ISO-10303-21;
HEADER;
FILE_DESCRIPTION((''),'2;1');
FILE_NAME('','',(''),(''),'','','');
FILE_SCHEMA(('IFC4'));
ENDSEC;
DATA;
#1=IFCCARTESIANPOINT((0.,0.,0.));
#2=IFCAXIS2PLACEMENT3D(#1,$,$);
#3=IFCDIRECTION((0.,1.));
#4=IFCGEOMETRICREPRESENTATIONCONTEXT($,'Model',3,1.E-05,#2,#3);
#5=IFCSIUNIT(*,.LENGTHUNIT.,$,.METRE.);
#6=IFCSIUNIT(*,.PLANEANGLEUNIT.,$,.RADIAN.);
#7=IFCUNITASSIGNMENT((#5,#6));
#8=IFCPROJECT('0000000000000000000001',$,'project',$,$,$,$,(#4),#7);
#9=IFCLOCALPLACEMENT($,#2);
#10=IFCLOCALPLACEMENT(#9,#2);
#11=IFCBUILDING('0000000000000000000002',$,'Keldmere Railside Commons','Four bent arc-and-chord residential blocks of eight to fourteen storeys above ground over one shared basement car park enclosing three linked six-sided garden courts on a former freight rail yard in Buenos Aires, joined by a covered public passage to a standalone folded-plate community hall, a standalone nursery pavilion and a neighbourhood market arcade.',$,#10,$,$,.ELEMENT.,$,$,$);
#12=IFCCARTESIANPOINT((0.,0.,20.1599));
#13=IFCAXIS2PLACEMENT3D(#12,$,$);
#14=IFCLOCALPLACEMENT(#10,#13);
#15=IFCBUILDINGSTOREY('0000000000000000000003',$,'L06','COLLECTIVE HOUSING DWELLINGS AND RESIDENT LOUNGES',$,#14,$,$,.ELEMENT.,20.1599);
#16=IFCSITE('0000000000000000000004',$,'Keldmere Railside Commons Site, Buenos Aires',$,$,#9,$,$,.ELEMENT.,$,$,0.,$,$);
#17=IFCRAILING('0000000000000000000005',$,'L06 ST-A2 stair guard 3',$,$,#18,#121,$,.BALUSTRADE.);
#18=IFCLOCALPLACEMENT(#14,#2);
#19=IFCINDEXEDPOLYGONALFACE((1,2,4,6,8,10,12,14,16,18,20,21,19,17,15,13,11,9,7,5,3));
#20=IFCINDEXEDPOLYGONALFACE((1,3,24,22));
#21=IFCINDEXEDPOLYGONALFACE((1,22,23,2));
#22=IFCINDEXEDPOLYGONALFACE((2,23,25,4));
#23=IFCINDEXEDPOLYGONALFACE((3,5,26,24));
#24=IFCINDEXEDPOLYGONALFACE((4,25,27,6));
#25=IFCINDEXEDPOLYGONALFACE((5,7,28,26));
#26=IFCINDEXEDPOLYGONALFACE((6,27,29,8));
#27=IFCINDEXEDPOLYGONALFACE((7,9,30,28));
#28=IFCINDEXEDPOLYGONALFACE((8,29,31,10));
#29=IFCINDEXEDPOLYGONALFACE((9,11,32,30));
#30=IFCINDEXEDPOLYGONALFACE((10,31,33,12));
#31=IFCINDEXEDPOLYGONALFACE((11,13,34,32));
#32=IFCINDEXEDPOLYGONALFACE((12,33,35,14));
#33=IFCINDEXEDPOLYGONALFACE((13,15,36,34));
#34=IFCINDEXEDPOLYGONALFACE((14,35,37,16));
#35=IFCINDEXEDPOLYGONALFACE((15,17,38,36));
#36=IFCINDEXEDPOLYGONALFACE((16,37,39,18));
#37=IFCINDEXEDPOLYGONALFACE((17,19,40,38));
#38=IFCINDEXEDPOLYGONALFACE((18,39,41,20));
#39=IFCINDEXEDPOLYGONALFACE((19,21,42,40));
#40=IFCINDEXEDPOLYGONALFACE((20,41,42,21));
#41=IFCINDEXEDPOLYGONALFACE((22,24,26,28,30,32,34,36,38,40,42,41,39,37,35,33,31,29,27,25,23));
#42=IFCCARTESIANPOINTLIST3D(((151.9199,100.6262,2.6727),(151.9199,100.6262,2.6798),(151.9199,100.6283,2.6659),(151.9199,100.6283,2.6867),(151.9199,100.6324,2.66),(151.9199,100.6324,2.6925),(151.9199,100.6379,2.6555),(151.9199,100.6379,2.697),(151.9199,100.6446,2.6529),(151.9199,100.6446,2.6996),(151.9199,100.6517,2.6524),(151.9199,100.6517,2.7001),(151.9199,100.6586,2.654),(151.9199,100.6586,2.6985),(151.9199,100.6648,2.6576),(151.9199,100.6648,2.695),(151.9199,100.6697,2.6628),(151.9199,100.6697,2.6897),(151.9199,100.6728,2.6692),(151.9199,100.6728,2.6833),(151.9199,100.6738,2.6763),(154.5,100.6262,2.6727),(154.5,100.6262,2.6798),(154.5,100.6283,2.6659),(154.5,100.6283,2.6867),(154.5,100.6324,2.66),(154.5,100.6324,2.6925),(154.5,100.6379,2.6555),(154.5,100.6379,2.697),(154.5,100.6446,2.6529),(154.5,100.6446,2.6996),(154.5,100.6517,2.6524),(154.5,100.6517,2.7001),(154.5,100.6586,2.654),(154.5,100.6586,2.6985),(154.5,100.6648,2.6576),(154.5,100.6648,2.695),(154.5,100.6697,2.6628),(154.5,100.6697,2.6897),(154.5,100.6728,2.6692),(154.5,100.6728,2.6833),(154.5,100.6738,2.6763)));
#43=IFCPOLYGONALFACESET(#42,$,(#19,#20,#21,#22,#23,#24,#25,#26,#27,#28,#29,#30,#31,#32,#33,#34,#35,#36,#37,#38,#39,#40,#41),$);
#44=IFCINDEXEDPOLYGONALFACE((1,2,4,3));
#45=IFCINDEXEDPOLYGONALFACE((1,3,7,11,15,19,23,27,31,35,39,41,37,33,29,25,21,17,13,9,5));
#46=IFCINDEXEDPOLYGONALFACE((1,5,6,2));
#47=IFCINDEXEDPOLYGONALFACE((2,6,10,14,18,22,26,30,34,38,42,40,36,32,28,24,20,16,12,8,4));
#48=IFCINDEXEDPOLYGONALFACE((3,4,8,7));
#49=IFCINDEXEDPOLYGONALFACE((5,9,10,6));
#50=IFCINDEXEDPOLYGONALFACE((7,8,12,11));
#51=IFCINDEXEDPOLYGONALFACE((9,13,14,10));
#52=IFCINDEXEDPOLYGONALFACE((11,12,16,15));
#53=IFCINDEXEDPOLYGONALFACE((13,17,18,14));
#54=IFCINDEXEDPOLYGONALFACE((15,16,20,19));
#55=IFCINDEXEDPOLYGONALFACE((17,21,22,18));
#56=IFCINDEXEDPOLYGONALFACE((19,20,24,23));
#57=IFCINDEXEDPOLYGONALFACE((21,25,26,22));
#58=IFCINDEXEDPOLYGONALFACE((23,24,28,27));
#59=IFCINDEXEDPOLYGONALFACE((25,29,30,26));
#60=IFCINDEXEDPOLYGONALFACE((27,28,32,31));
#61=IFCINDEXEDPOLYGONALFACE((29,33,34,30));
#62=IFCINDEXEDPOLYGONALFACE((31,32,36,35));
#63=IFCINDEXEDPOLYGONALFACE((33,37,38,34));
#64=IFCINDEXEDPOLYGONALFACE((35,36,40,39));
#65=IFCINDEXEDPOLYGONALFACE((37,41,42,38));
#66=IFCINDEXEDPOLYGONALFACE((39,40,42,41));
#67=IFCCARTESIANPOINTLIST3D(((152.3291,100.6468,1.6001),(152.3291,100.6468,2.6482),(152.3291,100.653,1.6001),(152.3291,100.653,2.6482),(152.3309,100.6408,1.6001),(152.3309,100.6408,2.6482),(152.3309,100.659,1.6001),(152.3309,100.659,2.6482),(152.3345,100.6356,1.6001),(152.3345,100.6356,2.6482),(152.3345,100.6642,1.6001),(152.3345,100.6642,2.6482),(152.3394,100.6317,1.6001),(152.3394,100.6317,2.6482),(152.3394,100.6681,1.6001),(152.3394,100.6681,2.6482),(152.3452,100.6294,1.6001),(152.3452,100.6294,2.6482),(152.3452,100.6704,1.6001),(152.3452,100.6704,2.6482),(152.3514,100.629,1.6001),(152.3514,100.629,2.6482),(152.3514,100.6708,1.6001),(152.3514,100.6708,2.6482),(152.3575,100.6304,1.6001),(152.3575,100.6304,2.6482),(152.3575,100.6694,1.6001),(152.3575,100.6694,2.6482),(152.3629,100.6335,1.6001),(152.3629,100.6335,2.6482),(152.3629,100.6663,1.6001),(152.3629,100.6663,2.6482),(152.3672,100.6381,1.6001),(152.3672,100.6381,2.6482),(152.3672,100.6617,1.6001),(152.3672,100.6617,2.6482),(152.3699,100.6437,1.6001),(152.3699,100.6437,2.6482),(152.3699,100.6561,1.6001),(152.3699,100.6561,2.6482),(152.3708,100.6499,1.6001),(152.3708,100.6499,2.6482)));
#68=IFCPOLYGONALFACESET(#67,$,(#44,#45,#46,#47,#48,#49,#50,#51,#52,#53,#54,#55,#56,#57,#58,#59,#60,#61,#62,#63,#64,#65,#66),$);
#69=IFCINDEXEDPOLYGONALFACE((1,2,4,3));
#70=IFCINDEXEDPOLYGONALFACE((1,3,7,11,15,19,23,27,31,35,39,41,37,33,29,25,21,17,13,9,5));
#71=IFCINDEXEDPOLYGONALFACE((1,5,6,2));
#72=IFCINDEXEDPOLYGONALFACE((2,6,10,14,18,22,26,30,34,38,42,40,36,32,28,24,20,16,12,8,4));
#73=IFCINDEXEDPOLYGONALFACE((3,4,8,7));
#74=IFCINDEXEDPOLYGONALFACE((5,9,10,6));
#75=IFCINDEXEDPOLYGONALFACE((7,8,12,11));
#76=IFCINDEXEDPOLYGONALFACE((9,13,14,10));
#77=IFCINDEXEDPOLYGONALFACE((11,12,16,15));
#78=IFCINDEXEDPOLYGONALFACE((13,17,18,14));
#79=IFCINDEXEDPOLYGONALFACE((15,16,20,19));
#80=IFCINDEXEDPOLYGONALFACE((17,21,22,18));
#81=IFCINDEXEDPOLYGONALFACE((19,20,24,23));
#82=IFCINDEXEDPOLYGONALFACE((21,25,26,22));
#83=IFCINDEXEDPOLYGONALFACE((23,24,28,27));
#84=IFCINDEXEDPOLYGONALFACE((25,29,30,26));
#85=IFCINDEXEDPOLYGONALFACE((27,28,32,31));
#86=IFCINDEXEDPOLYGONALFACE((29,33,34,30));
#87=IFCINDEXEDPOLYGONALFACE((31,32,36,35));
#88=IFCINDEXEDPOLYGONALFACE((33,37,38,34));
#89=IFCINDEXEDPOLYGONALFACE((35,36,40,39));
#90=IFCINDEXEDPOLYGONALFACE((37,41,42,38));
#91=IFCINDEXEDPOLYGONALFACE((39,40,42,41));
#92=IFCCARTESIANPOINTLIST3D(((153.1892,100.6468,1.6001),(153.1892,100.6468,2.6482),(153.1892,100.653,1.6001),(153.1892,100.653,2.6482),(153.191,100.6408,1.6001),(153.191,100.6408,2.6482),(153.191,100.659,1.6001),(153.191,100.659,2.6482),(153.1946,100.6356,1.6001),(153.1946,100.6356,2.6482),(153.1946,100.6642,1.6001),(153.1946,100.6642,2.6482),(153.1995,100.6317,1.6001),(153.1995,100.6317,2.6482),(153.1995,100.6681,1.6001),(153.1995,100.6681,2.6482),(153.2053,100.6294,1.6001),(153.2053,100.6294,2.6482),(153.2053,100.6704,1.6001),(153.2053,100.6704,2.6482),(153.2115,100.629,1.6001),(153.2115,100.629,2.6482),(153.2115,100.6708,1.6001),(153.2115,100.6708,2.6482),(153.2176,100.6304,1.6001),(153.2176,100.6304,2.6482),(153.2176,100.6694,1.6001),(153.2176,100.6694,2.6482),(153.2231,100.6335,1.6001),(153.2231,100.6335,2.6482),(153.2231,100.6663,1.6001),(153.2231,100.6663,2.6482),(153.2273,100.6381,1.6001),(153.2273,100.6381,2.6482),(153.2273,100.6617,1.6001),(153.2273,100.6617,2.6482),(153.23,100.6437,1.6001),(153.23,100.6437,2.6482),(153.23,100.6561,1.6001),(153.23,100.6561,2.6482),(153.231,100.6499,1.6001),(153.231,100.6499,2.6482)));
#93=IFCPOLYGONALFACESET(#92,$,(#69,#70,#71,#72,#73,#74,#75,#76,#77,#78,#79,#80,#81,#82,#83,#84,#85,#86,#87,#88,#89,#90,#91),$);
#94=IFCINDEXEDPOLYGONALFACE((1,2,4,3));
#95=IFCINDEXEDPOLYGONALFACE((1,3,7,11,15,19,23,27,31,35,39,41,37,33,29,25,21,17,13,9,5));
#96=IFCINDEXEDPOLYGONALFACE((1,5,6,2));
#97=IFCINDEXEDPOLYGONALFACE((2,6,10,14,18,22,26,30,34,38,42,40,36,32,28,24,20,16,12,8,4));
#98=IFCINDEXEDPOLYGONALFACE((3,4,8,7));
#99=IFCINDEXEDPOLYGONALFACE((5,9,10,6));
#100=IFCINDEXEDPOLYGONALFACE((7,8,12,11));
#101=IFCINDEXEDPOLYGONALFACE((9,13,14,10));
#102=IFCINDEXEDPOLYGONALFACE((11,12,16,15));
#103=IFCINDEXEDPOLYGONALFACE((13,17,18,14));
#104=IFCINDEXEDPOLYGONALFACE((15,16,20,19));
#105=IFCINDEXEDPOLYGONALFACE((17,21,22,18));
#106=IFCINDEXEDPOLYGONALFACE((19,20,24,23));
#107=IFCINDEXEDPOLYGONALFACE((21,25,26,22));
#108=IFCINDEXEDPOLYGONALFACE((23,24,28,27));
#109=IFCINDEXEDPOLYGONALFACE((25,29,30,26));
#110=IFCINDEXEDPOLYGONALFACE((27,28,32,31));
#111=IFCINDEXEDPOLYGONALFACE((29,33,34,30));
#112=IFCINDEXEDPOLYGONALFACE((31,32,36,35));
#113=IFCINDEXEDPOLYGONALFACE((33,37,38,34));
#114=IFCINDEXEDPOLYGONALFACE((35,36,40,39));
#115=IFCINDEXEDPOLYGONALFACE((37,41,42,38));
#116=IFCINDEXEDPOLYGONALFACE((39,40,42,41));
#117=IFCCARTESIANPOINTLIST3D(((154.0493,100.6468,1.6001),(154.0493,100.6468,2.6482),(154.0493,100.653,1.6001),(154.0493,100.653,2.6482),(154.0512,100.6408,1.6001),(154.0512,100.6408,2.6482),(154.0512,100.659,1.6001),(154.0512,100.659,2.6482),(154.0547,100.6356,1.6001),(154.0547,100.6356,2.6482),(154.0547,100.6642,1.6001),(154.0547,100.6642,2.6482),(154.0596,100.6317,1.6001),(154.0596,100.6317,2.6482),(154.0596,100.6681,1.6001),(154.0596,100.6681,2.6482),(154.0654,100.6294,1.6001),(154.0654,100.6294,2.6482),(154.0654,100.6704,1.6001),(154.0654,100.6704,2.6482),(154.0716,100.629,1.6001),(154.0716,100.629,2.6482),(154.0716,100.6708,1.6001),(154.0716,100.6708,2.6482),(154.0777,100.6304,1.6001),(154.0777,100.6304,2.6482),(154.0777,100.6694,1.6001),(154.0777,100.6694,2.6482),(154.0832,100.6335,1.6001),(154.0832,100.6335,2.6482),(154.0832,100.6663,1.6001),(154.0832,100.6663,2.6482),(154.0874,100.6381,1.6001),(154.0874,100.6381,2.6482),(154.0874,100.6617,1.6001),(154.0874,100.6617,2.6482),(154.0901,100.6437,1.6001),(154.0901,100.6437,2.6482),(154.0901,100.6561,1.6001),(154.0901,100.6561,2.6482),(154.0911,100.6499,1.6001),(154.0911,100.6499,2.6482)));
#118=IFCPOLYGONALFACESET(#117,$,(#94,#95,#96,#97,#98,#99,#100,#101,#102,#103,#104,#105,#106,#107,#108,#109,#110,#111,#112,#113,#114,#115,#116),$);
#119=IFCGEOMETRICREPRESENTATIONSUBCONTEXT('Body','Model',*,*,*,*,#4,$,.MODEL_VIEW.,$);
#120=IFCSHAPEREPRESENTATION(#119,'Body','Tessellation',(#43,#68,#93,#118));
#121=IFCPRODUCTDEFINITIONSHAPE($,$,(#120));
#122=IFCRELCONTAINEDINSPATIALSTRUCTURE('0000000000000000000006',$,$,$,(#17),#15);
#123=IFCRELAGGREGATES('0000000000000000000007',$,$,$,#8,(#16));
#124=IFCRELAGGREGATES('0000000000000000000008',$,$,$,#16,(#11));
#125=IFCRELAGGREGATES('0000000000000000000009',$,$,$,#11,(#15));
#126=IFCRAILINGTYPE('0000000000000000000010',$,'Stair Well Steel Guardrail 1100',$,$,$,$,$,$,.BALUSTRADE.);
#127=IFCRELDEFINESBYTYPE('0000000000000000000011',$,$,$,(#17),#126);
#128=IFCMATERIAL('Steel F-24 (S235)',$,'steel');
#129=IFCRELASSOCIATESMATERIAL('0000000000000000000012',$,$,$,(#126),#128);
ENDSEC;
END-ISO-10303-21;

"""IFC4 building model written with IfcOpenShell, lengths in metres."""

from ifc_helpers import new_model, si_unit, direction, frame, origin, origin_2d, place, context, subcontext, project, spatial, circle, extrude, material, type_object, element, save


model = new_model("IFC4")

# Units and contexts
model_context = context("Model", 3, precision=1e-05, world=origin(), true_north=direction((0.0, 1.0)))
body_context = subcontext(model_context, "Body", "Model", "MODEL_VIEW")
ifc_project = project(units=[si_unit("LENGTHUNIT", "METRE"), si_unit("PLANEANGLEUNIT", "RADIAN")], contexts=[model_context])

# Site, building, storey
site_placement = place(None, origin())
site = spatial("IfcSite", under=ifc_project, at=site_placement, Name="Keldmere Railside Commons Site, Buenos Aires", CompositionType="ELEMENT", RefElevation=0.0)
building_placement = place(site_placement, origin())
building = spatial("IfcBuilding", under=site, at=building_placement, Name="Keldmere Railside Commons", Description="Four bent arc-and-chord residential blocks of eight to fourteen storeys above ground over one shared basement car park enclosing three linked six-sided garden courts on a former freight rail yard in Buenos Aires, joined by a covered public passage to a standalone folded-plate community hall, a standalone nursery pavilion and a neighbourhood market arcade.", CompositionType="ELEMENT")
storey_placement = place(building_placement, frame((0.0, 0.0, 20.1599)))
storey = spatial("IfcBuildingStorey", under=building, at=storey_placement, Name="L06", Description="COLLECTIVE HOUSING DWELLINGS AND RESIDENT LOUNGES", CompositionType="ELEMENT", Elevation=20.1599)

# Railing
ifc_material_1 = material(Name="Steel F-24 (S235)", Category="steel")
railing_type_1 = type_object("IfcRailingType", Name="Stair Well Steel Guardrail 1100", PredefinedType="BALUSTRADE", material=ifc_material_1)
railing_1_placement = place(storey_placement, frame((151.9199, 100.6499, 1.6001)))
element("IfcRailing", 1, at=railing_1_placement, inside=storey, type_object=railing_type_1, Name="L06 ST-A2 stair guard 3", PredefinedType="BALUSTRADE", context=body_context, shape_type="SweptSolid", body=[
    extrude(circle(Radius=0.0239, at=origin_2d()), frame((0.0, 0.0, 1.0762), z_axis=(1.0, 0.0, 0.0), x_axis=(0.0, 1.0, 0.0)), (0.0, 0.0, 1.0), 2.5801),
    extrude(circle(Radius=0.021, at=origin_2d()), frame((0.4299, 0.0, 0.0)), (0.0, 0.0, 1.0), 1.0481),
    extrude(circle(Radius=0.021, at=origin_2d()), frame((1.29, 0.0, 0.0)), (0.0, 0.0, 1.0), 1.0481),
    extrude(circle(Radius=0.021, at=origin_2d()), frame((2.1501, 0.0, 0.0)), (0.0, 0.0, 1.0), 1.0481),
])

save(model, "model.ifc")
